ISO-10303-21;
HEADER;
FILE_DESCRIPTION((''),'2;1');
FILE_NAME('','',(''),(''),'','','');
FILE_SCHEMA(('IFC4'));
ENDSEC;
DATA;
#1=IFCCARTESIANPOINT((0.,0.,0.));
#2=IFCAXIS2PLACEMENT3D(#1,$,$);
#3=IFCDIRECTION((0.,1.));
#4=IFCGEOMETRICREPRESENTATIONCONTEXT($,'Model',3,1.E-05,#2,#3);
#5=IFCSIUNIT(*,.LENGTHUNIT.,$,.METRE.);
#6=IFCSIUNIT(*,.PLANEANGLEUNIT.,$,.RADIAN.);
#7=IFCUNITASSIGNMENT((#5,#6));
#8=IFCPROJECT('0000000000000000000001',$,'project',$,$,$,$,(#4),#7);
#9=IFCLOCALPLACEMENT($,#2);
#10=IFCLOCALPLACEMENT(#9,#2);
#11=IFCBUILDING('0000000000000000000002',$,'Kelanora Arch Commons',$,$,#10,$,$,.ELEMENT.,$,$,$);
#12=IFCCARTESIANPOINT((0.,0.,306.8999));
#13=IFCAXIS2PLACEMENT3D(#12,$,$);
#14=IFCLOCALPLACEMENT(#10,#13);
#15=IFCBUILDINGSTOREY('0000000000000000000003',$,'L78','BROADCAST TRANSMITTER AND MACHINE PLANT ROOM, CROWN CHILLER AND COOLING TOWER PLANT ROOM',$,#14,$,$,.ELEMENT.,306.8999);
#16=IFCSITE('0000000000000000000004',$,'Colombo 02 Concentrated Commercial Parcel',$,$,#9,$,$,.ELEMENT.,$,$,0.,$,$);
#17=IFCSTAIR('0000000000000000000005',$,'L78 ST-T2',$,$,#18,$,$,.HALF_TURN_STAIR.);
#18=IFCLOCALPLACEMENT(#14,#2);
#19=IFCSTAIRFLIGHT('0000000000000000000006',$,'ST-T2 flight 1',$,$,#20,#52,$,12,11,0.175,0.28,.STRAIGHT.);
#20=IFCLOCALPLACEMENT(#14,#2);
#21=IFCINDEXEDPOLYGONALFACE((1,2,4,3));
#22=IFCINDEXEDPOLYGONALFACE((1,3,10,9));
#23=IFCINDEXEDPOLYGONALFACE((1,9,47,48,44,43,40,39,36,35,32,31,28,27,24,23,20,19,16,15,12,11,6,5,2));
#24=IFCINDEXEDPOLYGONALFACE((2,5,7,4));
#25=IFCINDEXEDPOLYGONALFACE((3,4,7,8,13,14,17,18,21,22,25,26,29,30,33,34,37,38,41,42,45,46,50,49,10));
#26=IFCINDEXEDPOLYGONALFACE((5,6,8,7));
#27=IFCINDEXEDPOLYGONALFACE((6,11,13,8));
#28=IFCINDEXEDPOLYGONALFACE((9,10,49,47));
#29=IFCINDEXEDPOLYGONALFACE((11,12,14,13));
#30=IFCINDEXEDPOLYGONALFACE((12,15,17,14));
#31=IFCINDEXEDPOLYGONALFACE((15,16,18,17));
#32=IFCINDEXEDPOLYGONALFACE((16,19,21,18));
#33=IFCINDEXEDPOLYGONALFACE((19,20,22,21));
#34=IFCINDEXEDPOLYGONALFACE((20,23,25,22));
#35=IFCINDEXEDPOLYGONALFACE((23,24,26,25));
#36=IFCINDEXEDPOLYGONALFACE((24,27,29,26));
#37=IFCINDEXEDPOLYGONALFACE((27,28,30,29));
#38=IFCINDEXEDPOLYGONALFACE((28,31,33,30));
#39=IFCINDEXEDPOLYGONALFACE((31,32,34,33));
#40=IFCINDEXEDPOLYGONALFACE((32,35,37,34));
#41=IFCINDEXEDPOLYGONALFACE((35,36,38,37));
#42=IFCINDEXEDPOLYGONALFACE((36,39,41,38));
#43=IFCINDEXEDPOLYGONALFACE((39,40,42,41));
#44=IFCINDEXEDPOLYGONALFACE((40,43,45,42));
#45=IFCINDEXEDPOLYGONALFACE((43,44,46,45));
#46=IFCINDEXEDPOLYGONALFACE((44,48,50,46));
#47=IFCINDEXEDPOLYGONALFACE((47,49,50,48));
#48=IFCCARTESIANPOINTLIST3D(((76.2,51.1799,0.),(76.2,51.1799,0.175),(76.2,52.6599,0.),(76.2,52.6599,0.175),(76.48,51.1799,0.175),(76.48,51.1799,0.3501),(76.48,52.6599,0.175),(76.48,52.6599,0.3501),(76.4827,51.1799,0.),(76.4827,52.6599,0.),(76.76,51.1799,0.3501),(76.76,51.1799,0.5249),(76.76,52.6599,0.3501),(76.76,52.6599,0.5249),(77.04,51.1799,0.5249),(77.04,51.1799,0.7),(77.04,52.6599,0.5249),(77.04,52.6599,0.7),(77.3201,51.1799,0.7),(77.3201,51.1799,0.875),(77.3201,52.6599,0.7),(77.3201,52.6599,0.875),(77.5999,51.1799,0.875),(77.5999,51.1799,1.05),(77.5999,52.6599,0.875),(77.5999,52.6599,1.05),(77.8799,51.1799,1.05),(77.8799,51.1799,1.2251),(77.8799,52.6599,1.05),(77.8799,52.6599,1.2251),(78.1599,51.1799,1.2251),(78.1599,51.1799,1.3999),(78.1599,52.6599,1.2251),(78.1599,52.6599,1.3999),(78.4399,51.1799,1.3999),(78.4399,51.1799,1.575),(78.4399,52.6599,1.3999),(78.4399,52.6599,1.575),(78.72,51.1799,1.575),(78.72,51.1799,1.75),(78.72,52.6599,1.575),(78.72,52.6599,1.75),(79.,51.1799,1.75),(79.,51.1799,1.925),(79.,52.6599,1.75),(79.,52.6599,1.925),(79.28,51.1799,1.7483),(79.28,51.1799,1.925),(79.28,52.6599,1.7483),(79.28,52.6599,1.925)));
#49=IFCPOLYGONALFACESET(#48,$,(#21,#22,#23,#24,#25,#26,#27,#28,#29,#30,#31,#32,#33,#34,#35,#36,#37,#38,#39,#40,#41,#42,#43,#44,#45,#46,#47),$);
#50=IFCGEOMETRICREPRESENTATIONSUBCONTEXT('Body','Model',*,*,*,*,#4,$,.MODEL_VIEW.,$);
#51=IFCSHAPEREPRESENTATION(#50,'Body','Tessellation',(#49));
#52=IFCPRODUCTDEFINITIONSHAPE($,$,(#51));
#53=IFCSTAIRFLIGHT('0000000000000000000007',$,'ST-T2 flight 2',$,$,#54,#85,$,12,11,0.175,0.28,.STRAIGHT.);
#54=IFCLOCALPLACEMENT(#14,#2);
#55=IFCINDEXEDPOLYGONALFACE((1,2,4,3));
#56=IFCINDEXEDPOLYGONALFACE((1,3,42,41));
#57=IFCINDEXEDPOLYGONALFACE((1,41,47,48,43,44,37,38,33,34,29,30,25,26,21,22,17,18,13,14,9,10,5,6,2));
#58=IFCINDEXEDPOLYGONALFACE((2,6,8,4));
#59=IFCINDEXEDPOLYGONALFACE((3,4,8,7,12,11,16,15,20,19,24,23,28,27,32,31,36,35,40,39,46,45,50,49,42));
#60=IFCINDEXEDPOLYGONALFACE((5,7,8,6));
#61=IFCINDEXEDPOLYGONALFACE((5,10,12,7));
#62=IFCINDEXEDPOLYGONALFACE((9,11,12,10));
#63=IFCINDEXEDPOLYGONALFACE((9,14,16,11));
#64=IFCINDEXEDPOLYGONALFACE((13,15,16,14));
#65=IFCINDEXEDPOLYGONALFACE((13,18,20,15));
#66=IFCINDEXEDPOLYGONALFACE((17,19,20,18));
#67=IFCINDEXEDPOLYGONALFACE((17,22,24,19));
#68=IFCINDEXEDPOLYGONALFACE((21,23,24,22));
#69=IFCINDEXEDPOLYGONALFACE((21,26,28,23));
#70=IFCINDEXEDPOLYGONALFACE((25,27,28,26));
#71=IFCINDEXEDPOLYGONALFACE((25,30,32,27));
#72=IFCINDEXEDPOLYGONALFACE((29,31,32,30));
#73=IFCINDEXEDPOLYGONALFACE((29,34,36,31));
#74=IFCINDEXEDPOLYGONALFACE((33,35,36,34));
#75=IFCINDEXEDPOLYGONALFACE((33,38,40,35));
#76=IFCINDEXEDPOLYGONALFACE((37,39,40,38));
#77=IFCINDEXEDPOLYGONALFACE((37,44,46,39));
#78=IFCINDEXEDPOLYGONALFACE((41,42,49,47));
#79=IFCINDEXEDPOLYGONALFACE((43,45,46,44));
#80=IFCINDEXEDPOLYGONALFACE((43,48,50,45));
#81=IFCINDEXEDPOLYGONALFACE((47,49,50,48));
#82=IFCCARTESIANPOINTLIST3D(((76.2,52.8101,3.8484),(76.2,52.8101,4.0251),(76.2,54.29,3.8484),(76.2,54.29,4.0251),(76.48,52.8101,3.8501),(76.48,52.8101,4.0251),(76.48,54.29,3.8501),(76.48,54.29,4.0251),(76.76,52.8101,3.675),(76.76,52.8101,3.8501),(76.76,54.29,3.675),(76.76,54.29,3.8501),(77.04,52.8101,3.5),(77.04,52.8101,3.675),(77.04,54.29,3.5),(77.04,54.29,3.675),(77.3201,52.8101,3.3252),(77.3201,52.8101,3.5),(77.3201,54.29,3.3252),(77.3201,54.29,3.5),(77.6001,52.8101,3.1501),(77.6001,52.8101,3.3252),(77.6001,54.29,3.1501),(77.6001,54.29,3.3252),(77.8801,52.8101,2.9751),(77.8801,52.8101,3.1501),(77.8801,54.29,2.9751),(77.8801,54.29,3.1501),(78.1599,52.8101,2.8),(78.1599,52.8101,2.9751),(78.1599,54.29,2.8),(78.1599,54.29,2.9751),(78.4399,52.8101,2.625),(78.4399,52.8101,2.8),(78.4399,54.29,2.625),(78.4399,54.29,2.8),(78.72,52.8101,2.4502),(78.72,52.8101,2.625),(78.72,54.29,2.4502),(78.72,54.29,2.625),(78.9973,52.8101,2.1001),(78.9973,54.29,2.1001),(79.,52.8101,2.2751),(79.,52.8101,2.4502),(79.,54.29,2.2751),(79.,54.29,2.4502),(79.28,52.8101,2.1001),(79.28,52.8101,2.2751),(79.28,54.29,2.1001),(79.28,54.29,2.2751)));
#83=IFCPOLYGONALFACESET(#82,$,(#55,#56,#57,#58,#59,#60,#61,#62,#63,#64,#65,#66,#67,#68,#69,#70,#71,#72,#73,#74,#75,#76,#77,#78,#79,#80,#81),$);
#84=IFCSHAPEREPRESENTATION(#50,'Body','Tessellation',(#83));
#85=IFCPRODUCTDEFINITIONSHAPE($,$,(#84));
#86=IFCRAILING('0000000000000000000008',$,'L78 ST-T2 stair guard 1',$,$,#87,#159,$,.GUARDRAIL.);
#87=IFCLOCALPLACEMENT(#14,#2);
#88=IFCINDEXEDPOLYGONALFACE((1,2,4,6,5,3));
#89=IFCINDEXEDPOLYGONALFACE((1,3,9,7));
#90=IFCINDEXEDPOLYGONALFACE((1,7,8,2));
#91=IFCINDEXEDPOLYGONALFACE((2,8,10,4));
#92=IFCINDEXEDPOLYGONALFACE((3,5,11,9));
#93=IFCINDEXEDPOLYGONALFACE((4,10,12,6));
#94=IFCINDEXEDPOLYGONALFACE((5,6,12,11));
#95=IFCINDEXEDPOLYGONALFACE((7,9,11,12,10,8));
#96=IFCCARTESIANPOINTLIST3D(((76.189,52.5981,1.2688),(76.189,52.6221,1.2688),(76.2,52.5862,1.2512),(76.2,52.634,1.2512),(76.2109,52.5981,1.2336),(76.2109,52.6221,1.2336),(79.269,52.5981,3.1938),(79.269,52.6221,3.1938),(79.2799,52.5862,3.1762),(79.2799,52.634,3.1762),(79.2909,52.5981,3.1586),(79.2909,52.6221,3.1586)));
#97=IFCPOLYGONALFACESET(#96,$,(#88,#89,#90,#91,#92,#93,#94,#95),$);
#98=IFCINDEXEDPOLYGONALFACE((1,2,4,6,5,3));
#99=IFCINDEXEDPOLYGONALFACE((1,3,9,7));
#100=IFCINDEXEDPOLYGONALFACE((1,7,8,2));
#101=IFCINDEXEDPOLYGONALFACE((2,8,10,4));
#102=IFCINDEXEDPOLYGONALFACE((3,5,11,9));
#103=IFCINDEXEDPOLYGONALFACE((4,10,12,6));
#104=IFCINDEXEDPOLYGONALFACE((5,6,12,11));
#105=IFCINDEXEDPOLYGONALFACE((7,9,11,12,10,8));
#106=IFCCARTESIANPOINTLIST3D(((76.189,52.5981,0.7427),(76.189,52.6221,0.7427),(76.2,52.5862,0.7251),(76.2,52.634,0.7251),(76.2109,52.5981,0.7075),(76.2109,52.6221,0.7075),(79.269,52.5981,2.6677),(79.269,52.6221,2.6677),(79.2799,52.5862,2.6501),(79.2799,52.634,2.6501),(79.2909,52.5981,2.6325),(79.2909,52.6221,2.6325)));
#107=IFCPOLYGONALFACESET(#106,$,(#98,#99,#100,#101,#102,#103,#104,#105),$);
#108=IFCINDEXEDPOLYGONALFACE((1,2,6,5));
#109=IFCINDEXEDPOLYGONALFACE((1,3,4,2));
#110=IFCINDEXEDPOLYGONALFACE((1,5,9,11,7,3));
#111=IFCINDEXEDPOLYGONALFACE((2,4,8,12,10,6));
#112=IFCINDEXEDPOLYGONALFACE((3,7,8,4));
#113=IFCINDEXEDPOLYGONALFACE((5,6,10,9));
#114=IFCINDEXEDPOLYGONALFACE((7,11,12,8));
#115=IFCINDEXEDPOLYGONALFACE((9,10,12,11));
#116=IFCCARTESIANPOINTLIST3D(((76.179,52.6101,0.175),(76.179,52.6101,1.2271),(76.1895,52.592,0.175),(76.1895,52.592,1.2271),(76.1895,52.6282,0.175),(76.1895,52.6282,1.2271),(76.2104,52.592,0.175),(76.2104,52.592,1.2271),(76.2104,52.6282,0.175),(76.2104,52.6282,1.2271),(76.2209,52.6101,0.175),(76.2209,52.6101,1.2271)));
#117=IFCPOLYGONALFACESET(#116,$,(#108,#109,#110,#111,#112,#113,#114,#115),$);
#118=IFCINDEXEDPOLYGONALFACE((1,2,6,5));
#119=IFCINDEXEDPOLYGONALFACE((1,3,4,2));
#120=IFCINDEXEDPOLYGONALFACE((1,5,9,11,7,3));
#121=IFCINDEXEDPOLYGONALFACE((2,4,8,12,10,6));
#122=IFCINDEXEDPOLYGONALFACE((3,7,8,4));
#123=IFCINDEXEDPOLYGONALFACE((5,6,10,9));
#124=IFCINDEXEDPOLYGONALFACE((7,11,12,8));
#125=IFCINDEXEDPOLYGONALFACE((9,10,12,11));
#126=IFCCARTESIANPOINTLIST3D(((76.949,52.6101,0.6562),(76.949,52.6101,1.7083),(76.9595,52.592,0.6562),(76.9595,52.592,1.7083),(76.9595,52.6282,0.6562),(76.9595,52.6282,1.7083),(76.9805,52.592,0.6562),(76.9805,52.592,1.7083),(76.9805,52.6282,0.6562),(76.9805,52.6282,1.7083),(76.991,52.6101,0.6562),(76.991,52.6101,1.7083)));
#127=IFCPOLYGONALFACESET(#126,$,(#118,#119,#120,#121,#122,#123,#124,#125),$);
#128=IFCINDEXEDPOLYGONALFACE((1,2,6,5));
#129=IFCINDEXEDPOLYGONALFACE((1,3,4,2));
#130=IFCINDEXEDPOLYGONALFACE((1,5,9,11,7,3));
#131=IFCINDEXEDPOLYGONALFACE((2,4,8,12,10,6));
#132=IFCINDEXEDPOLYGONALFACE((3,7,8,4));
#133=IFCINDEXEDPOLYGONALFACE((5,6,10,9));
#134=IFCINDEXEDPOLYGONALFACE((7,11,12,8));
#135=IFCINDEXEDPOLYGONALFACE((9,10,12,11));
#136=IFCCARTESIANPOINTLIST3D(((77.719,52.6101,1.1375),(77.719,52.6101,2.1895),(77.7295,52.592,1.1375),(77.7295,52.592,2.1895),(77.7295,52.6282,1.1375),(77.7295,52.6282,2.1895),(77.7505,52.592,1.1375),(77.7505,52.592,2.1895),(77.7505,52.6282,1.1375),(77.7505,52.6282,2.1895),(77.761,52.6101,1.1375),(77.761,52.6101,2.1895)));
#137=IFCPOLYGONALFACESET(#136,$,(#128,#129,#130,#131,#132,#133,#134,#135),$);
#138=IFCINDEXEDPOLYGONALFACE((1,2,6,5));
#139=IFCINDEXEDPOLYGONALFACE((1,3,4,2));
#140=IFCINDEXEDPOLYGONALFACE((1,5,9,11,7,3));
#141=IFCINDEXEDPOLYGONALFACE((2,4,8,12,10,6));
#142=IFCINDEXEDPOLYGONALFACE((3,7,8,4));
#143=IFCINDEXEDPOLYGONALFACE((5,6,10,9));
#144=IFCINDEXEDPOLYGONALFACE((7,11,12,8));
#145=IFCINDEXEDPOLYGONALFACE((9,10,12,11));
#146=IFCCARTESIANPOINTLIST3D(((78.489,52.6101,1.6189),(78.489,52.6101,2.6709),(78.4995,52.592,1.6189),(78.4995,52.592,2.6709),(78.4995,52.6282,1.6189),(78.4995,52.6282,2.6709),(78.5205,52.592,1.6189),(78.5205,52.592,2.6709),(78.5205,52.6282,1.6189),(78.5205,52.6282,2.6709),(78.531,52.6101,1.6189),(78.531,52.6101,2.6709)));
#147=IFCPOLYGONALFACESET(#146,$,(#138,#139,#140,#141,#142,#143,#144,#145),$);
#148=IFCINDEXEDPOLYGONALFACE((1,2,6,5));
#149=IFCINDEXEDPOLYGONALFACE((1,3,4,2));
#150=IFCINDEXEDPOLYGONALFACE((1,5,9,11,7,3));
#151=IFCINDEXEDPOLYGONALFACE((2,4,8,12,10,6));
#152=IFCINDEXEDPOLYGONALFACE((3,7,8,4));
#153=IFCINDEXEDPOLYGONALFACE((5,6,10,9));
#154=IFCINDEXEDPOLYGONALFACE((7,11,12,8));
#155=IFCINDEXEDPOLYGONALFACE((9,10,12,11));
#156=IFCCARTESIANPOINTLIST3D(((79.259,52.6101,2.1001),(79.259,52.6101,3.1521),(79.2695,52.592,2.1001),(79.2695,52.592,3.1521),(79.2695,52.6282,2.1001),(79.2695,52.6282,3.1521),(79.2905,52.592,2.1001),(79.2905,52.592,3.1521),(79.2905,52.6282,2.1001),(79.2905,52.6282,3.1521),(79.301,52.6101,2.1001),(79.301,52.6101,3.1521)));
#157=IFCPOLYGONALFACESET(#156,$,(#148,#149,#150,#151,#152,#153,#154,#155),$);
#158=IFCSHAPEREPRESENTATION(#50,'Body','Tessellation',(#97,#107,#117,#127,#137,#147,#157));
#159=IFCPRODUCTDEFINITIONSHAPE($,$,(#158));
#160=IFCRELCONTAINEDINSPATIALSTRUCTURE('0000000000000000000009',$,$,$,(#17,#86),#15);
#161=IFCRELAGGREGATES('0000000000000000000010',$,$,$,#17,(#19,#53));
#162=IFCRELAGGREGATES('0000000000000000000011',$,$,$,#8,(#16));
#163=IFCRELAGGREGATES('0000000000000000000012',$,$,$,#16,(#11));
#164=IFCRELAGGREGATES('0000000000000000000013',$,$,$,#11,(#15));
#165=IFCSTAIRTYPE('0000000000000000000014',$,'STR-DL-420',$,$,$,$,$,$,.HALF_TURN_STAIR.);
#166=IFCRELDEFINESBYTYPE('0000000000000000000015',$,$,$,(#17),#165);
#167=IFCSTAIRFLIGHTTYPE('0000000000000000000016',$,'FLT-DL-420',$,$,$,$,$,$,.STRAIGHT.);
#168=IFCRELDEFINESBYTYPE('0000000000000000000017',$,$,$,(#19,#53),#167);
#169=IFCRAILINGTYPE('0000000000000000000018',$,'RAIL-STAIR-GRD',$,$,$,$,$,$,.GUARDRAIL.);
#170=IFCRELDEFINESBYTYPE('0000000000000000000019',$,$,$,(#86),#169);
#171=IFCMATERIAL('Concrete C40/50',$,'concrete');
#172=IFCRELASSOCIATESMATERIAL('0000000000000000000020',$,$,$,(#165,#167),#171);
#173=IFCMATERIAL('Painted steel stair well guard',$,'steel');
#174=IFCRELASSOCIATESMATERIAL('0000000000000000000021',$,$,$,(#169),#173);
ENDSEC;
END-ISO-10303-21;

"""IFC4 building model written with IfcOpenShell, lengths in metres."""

from ifc_helpers import new_model, si_unit, direction, frame, origin, place, context, subcontext, project, spatial, polyline, outline, extrude, material, type_object, element, aggregate, save


model = new_model("IFC4")

# Units and contexts
model_context = context("Model", 3, precision=1e-05, world=origin(), true_north=direction((0.0, 1.0)))
body_context = subcontext(model_context, "Body", "Model", "MODEL_VIEW")
ifc_project = project(units=[si_unit("LENGTHUNIT", "METRE"), si_unit("PLANEANGLEUNIT", "RADIAN")], contexts=[model_context])

# Site, building, storey
site_placement = place(None, origin())
site = spatial("IfcSite", under=ifc_project, at=site_placement, Name="Colombo 02 Concentrated Commercial Parcel", CompositionType="ELEMENT", RefElevation=0.0)
building_placement = place(site_placement, origin())
building = spatial("IfcBuilding", under=site, at=building_placement, Name="Kelanora Arch Commons", CompositionType="ELEMENT")
storey_placement = place(building_placement, frame((0.0, 0.0, 306.8999)))
storey = spatial("IfcBuildingStorey", under=building, at=storey_placement, Name="L78", Description="BROADCAST TRANSMITTER AND MACHINE PLANT ROOM, CROWN CHILLER AND COOLING TOWER PLANT ROOM", CompositionType="ELEMENT", Elevation=306.8999)

# Shared definitions
ifc_material_1 = material(Name="Concrete C40/50", Category="concrete")

# Stair, stair flights
stair_type = type_object("IfcStairType", Name="STR-DL-420", PredefinedType="HALF_TURN_STAIR", material=ifc_material_1)
stair_placement = place(storey_placement, origin())
stair = element("IfcStair", 1, at=stair_placement, inside=storey, type_object=stair_type, Name="L78 ST-T2", PredefinedType="HALF_TURN_STAIR")
stair_flight_type = type_object("IfcStairFlightType", Name="FLT-DL-420", PredefinedType="STRAIGHT", material=ifc_material_1)
stair_flight_1_placement = place(storey_placement, frame((76.2, 51.9199, 0.0), z_axis=(0.0, 0.0, 1.0), x_axis=(1.0, 0.0, 0.0)))
stair_flight_1 = element("IfcStairFlight", 2, at=stair_flight_1_placement, type_object=stair_flight_type, Name="ST-T2 flight 1", NumberOfRisers=12, NumberOfTreads=11, PredefinedType="STRAIGHT", RiserHeight=0.175, TreadLength=0.28, context=body_context, shape_type="SweptSolid", body=[
    extrude(outline(polyline([(0.0, 0.0), (0.0, 0.175), (0.28, 0.175), (0.28, 0.3501), (0.5601, 0.3501), (0.5601, 0.5249), (0.8401, 0.5249), (0.8401, 0.7), (1.1201, 0.7), (1.1201, 0.875), (1.3999, 0.875), (1.3999, 1.05), (1.6799, 1.05), (1.6799, 1.2251), (1.96, 1.2251), (1.96, 1.3999), (2.24, 1.3999), (2.24, 1.575), (2.52, 1.575), (2.52, 1.75), (2.8, 1.75), (2.8, 1.925), (3.0801, 1.925), (3.0801, 2.1001), (3.0801, 1.7483), (0.2827, 0.0), (0.0, 0.0)])), frame((0.0, 0.74, 0.0), z_axis=(0.0, -1.0, 0.0), x_axis=(1.0, 0.0, 0.0)), (0.0, 0.0, 1.0), 1.48),
])
stair_flight_2_placement = place(storey_placement, frame((79.28, 53.55, 2.1001), z_axis=(0.0, 0.0, 1.0), x_axis=(-1.0, 0.0, 0.0)))
stair_flight_2 = element("IfcStairFlight", 3, at=stair_flight_2_placement, type_object=stair_flight_type, Name="ST-T2 flight 2", NumberOfRisers=12, NumberOfTreads=11, PredefinedType="STRAIGHT", RiserHeight=0.175, TreadLength=0.28, context=body_context, shape_type="SweptSolid", body=[
    extrude(outline(polyline([(0.0, 0.0), (0.0, 0.175), (0.28, 0.175), (0.28, 0.3501), (0.5601, 0.3501), (0.5601, 0.5249), (0.8401, 0.5249), (0.8401, 0.7), (1.1201, 0.7), (1.1201, 0.875), (1.3999, 0.875), (1.3999, 1.05), (1.6799, 1.05), (1.6799, 1.2251), (1.96, 1.2251), (1.96, 1.3999), (2.24, 1.3999), (2.24, 1.575), (2.52, 1.575), (2.52, 1.75), (2.8, 1.75), (2.8, 1.925), (3.0801, 1.925), (3.0801, 2.1001), (3.0801, 1.7483), (0.2827, 0.0), (0.0, 0.0)])), frame((0.0, 0.74, 0.0), z_axis=(0.0, -1.0, 0.0), x_axis=(1.0, 0.0, 0.0)), (0.0, 0.0, 1.0), 1.48),
])
aggregate(stair, [stair_flight_1, stair_flight_2])

# Railing
ifc_material_2 = material(Name="Painted steel stair well guard", Category="steel")
railing_type_1 = type_object("IfcRailingType", Name="RAIL-STAIR-GRD", PredefinedType="GUARDRAIL", material=ifc_material_2)
railing_1_placement = place(storey_placement, frame((76.2, 52.6101, 0.175)))
element("IfcRailing", 4, at=railing_1_placement, inside=storey, type_object=railing_type_1, Name="L78 ST-T2 stair guard 1", PredefinedType="GUARDRAIL", context=body_context, shape_type="SweptSolid", body=[
    extrude(outline(polyline([(0.0239, 0.0), (0.012, 0.0208), (-0.012, 0.0208), (-0.0239, 0.0), (-0.012, -0.0208), (0.012, -0.0208), (0.0239, 0.0)])), frame((0.0, 0.0, 1.0762), z_axis=(0.847998, 0.0, 0.529999), x_axis=(0.0, 1.0, 0.0)), (0.0, 0.0, 1.0), 3.6321),
    extrude(outline(polyline([(0.0239, 0.0), (0.012, 0.0208), (-0.012, 0.0208), (-0.0239, 0.0), (-0.012, -0.0208), (0.012, -0.0208), (0.0239, 0.0)])), frame((0.0, 0.0, 0.55), z_axis=(0.847998, 0.0, 0.529999), x_axis=(0.0, 1.0, 0.0)), (0.0, 0.0, 1.0), 3.6321),
    extrude(outline(polyline([(0.021, 0.0), (0.0105, 0.0181), (-0.0105, 0.0181), (-0.021, 0.0), (-0.0105, -0.0181), (0.0105, -0.0181), (0.021, 0.0)])), origin(), (0.0, 0.0, 1.0), 1.052),
    extrude(outline(polyline([(0.021, 0.0), (0.0105, 0.0181), (-0.0105, 0.0181), (-0.021, 0.0), (-0.0105, -0.0181), (0.0105, -0.0181), (0.021, 0.0)])), frame((0.77, 0.0, 0.4812)), (0.0, 0.0, 1.0), 1.052),
    extrude(outline(polyline([(0.021, 0.0), (0.0105, 0.0181), (-0.0105, 0.0181), (-0.021, 0.0), (-0.0105, -0.0181), (0.0105, -0.0181), (0.021, 0.0)])), frame((1.54, 0.0, 0.9624)), (0.0, 0.0, 1.0), 1.052),
    extrude(outline(polyline([(0.021, 0.0), (0.0105, 0.0181), (-0.0105, 0.0181), (-0.021, 0.0), (-0.0105, -0.0181), (0.0105, -0.0181), (0.021, 0.0)])), frame((2.3101, 0.0, 1.4438)), (0.0, 0.0, 1.0), 1.052),
    extrude(outline(polyline([(0.021, 0.0), (0.0105, 0.0181), (-0.0105, 0.0181), (-0.021, 0.0), (-0.0105, -0.0181), (0.0105, -0.0181), (0.021, 0.0)])), frame((3.0801, 0.0, 1.925)), (0.0, 0.0, 1.0), 1.052),
])

save(model, "model.ifc")
